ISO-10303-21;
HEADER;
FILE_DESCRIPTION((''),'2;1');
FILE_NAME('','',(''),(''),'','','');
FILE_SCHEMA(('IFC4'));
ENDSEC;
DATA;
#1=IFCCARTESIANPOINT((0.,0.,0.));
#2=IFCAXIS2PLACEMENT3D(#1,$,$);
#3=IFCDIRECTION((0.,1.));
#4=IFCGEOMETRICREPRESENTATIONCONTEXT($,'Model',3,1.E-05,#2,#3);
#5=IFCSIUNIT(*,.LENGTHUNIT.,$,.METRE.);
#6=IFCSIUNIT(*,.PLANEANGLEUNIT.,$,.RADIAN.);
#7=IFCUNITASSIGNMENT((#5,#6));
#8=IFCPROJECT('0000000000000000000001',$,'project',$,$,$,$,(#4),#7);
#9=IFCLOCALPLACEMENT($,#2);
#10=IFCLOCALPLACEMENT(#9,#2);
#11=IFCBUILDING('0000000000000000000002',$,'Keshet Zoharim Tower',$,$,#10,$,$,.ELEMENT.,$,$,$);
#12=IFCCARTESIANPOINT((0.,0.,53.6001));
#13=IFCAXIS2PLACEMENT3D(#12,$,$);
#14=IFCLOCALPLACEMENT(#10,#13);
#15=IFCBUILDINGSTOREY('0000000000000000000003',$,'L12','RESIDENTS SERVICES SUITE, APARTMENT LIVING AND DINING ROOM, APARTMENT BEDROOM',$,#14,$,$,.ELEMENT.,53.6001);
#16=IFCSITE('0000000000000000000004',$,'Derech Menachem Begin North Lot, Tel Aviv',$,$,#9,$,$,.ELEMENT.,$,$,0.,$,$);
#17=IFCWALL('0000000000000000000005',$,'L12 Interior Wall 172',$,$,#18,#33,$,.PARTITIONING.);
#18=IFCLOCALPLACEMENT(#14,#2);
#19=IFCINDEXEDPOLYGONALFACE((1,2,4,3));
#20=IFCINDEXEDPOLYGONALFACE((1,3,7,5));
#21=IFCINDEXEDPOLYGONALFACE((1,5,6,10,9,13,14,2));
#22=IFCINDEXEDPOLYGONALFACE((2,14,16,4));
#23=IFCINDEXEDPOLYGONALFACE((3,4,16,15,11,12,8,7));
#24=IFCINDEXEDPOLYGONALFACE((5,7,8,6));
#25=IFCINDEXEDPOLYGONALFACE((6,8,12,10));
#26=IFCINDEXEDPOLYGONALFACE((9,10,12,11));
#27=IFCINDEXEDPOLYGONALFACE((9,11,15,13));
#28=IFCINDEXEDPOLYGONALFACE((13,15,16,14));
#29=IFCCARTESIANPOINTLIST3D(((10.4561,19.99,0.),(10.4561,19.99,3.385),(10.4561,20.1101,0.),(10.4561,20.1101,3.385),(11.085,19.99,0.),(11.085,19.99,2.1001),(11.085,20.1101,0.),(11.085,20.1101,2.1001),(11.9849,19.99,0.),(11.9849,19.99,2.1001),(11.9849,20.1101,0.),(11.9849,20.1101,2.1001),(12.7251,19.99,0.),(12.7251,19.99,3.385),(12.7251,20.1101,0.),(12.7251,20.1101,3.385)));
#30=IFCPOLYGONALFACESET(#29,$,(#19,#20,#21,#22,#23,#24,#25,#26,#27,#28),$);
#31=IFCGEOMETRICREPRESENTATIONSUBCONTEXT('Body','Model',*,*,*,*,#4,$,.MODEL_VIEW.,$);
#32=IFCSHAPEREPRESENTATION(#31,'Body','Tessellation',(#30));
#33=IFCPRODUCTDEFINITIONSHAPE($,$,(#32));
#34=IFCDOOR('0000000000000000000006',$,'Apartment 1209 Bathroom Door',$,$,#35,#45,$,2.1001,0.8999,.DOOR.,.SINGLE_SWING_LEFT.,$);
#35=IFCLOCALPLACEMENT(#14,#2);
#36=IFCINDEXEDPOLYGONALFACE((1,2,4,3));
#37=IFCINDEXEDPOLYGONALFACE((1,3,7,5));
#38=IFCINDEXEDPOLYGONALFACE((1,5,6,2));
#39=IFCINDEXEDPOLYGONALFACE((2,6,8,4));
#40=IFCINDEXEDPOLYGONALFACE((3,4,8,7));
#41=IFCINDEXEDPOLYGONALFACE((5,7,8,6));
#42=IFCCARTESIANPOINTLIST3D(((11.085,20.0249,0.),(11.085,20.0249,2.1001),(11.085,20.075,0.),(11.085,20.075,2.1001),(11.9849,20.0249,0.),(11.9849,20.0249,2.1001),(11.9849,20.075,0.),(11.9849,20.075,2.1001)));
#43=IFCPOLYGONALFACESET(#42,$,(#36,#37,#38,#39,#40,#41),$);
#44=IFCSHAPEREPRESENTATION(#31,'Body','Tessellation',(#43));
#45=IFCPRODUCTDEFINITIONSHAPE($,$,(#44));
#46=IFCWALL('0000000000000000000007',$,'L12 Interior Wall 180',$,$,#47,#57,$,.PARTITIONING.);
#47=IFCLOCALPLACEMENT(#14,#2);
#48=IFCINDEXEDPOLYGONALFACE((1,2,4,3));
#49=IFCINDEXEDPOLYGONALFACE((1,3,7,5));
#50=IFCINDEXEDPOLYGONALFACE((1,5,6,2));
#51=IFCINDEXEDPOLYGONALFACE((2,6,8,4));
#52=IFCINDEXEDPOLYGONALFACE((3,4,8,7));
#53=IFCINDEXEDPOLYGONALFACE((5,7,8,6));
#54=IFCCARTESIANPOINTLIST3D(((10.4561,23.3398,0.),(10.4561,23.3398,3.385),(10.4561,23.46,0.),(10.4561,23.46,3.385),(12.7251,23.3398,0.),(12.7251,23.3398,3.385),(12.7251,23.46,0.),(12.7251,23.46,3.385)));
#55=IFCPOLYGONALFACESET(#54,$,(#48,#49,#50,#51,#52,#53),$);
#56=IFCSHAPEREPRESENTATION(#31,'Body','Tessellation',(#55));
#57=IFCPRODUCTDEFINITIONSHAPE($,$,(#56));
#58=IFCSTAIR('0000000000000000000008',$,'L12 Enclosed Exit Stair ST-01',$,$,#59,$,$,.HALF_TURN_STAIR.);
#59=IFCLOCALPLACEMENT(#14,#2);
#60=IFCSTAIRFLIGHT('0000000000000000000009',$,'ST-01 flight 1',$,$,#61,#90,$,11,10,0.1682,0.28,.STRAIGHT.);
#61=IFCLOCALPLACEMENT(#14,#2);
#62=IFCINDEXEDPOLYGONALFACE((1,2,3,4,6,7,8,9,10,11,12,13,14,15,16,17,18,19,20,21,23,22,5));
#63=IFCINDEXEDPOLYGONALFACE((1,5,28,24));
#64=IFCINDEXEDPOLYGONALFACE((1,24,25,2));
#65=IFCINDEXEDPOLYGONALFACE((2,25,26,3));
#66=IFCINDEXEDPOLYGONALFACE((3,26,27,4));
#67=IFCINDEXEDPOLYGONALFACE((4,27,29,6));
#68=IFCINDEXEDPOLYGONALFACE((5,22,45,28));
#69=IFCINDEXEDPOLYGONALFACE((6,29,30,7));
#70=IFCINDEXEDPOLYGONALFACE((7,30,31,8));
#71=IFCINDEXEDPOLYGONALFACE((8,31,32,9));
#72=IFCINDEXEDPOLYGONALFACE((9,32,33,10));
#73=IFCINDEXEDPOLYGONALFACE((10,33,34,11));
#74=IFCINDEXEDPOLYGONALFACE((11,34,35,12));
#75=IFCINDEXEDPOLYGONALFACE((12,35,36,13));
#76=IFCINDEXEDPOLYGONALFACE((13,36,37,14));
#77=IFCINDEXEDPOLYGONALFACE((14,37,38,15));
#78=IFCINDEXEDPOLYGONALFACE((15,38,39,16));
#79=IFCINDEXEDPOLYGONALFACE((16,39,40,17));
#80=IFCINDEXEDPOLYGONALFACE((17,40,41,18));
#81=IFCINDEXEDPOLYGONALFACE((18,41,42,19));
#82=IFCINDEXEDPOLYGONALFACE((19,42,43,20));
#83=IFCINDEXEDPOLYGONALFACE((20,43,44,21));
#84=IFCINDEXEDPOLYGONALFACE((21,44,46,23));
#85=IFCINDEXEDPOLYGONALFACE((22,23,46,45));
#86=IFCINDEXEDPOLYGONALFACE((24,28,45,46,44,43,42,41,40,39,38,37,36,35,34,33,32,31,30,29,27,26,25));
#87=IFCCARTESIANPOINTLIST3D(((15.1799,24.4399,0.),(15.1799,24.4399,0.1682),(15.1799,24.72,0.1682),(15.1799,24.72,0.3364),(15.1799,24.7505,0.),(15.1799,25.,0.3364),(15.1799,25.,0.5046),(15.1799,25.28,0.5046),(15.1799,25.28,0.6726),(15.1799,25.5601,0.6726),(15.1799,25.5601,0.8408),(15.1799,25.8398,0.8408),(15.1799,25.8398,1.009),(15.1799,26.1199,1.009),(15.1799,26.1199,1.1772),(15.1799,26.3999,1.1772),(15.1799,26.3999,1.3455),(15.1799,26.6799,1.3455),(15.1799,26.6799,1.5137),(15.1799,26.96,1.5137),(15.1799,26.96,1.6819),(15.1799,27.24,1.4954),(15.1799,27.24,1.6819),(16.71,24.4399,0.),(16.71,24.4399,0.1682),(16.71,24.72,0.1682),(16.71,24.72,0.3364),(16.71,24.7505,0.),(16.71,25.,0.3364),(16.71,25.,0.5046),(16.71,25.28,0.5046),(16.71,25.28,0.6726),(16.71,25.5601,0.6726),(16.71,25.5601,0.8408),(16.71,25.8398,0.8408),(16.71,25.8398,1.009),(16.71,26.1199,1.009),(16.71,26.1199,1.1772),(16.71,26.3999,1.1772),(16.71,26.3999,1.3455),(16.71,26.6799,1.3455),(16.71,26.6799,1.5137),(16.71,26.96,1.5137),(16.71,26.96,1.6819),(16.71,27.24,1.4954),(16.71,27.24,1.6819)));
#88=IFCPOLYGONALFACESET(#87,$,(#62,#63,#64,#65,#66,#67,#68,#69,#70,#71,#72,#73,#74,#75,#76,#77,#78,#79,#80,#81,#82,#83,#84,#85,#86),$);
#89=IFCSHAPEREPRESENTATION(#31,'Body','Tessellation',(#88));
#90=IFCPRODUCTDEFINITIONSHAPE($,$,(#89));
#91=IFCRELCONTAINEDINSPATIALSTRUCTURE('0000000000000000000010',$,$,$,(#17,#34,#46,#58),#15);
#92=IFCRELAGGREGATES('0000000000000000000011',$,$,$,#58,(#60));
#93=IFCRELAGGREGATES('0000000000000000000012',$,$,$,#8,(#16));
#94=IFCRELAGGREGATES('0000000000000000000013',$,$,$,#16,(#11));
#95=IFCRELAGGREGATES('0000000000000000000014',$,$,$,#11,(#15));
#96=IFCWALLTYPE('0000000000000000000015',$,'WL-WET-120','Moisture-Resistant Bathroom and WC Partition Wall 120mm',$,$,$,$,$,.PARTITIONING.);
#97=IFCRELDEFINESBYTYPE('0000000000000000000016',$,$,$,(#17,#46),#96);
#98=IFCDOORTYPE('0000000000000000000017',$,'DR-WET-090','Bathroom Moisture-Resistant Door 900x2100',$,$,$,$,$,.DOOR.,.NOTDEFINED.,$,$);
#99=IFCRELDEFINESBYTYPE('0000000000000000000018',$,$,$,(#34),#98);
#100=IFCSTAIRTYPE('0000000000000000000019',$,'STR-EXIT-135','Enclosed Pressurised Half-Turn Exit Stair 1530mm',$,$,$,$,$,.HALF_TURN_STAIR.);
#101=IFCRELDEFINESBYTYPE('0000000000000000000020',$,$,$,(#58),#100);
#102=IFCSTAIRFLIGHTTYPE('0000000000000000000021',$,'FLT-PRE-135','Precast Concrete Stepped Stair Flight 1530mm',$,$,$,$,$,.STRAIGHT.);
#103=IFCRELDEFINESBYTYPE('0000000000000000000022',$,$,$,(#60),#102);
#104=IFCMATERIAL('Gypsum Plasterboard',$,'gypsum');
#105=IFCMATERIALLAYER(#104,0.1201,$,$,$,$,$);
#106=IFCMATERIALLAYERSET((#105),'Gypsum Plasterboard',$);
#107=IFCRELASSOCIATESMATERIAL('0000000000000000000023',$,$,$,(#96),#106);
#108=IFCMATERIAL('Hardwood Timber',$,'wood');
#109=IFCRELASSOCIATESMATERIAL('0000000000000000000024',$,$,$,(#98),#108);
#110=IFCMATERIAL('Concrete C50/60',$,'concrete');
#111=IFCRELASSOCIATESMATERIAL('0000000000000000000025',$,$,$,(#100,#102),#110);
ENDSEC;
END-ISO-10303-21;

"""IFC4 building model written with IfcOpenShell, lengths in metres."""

from ifc_helpers import new_model, si_unit, direction, frame, frame_2d, origin, place, context, subcontext, project, spatial, polyline, rectangle, outline, extrude, material, layer, layer_set, type_object, element, fill, aggregate, save


model = new_model("IFC4")

# Units and contexts
model_context = context("Model", 3, precision=1e-05, world=origin(), true_north=direction((0.0, 1.0)))
body_context = subcontext(model_context, "Body", "Model", "MODEL_VIEW")
ifc_project = project(units=[si_unit("LENGTHUNIT", "METRE"), si_unit("PLANEANGLEUNIT", "RADIAN")], contexts=[model_context])

# Site, building, storey
site_placement = place(None, origin())
site = spatial("IfcSite", under=ifc_project, at=site_placement, Name="Derech Menachem Begin North Lot, Tel Aviv", CompositionType="ELEMENT", RefElevation=0.0)
building_placement = place(site_placement, origin())
building = spatial("IfcBuilding", under=site, at=building_placement, Name="Keshet Zoharim Tower", CompositionType="ELEMENT")
storey_placement = place(building_placement, frame((0.0, 0.0, 53.6001)))
storey = spatial("IfcBuildingStorey", under=building, at=storey_placement, Name="L12", Description="RESIDENTS SERVICES SUITE, APARTMENT LIVING AND DINING ROOM, APARTMENT BEDROOM", CompositionType="ELEMENT", Elevation=53.6001)

# Shared definitions
ifc_material_1 = material(Name="Hardwood Timber", Category="wood")

# Shared definitions
ifc_material_2 = material(Name="Gypsum Plasterboard", Category="gypsum")

# Shared definitions
ifc_material_3 = material(Name="Concrete C50/60", Category="concrete")

# Shared definitions
ifc_layer_1 = layer(ifc_material_2, 0.1201)
ifc_layer_set_1 = layer_set([ifc_layer_1], Name="Gypsum Plasterboard")
wall_type_1 = type_object("IfcWallType", Name="WL-WET-120", Description="Moisture-Resistant Bathroom and WC Partition Wall 120mm", PredefinedType="PARTITIONING", material=ifc_layer_set_1)

# Wall, opening, door
wall_1_placement = place(storey_placement, frame((10.4561, 20.05, 0.0), z_axis=(0.0, 0.0, 1.0), x_axis=(1.0, 0.0, 0.0)))
wall_1 = element("IfcWall", 1, at=wall_1_placement, inside=storey, type_object=wall_type_1, Name="L12 Interior Wall 172", PredefinedType="PARTITIONING", context=body_context, shape_type="SweptSolid", body=[
    extrude(rectangle(XDim=2.269, YDim=0.1201, at=frame_2d((1.1345, 0.0))), origin(), (0.0, 0.0, 1.0), 3.385),
])
opening_1_placement = place(wall_1_placement, frame((0.6289, 0.0, 0.0)))
opening_1 = element("IfcOpeningElement", 2, at=opening_1_placement, cuts=wall_1, PredefinedType="OPENING", context=body_context, shape_type="SweptSolid", body=[
    extrude(rectangle(XDim=0.8999, YDim=2.1001, at=frame_2d((0.45, 1.05))), frame((0.0, 0.0701, 0.0), z_axis=(0.0, -1.0, 0.0), x_axis=(1.0, 0.0, 0.0)), (0.0, 0.0, 1.0), 0.1401),
])
door_type_1 = type_object("IfcDoorType", Name="DR-WET-090", Description="Bathroom Moisture-Resistant Door 900x2100", OperationType="NOTDEFINED", PredefinedType="DOOR", material=ifc_material_1)
door_1_placement = place(opening_1_placement, origin())
door_1 = element("IfcDoor", 3, at=door_1_placement, inside=storey, type_object=door_type_1, Name="Apartment 1209 Bathroom Door", OperationType="SINGLE_SWING_LEFT", OverallHeight=2.1001, OverallWidth=0.8999, PredefinedType="DOOR", context=body_context, shape_type="SweptSolid", body=[
    extrude(rectangle(XDim=0.8999, YDim=2.1001, at=frame_2d((0.45, 1.05))), frame((0.0, 0.0249, 0.0), z_axis=(0.0, -1.0, 0.0), x_axis=(1.0, 0.0, 0.0)), (0.0, 0.0, 1.0), 0.05),
])
fill(opening_1, door_1)

# Wall
wall_2_placement = place(storey_placement, frame((10.4561, 23.3999, 0.0), z_axis=(0.0, 0.0, 1.0), x_axis=(1.0, 0.0, 0.0)))
element("IfcWall", 4, at=wall_2_placement, inside=storey, type_object=wall_type_1, Name="L12 Interior Wall 180", PredefinedType="PARTITIONING", context=body_context, shape_type="SweptSolid", body=[
    extrude(rectangle(XDim=2.269, YDim=0.1201, at=frame_2d((1.1345, 0.0))), origin(), (0.0, 0.0, 1.0), 3.385),
])

# Stair, stair flight
stair_type = type_object("IfcStairType", Name="STR-EXIT-135", Description="Enclosed Pressurised Half-Turn Exit Stair 1530mm", PredefinedType="HALF_TURN_STAIR", material=ifc_material_3)
stair_placement = place(storey_placement, origin())
stair = element("IfcStair", 5, at=stair_placement, inside=storey, type_object=stair_type, Name="L12 Enclosed Exit Stair ST-01", PredefinedType="HALF_TURN_STAIR")
stair_flight_type = type_object("IfcStairFlightType", Name="FLT-PRE-135", Description="Precast Concrete Stepped Stair Flight 1530mm", PredefinedType="STRAIGHT", material=ifc_material_3)
stair_flight_placement = place(storey_placement, frame((15.9451, 24.4399, 0.0), z_axis=(0.0, 0.0, 1.0), x_axis=(0.0, 1.0, 0.0)))
stair_flight = element("IfcStairFlight", 6, at=stair_flight_placement, type_object=stair_flight_type, Name="ST-01 flight 1", NumberOfRisers=11, NumberOfTreads=10, PredefinedType="STRAIGHT", RiserHeight=0.1682, TreadLength=0.28, context=body_context, shape_type="SweptSolid", body=[
    extrude(outline(polyline([(0.0, 0.0), (0.0, 0.1682), (0.28, 0.1682), (0.28, 0.3364), (0.5601, 0.3364), (0.5601, 0.5046), (0.8401, 0.5046), (0.8401, 0.6726), (1.1201, 0.6726), (1.1201, 0.8408), (1.3999, 0.8408), (1.3999, 1.009), (1.6799, 1.009), (1.6799, 1.1772), (1.96, 1.1772), (1.96, 1.3455), (2.24, 1.3455), (2.24, 1.5137), (2.52, 1.5137), (2.52, 1.6819), (2.8, 1.6819), (2.8, 1.8501), (2.8, 1.4954), (0.3105, 0.0), (0.0, 0.0)])), frame((0.0, 0.7651, 0.0), z_axis=(0.0, -1.0, 0.0), x_axis=(1.0, 0.0, 0.0)), (0.0, 0.0, 1.0), 1.53),
])
aggregate(stair, [stair_flight])

save(model, "model.ifc")
